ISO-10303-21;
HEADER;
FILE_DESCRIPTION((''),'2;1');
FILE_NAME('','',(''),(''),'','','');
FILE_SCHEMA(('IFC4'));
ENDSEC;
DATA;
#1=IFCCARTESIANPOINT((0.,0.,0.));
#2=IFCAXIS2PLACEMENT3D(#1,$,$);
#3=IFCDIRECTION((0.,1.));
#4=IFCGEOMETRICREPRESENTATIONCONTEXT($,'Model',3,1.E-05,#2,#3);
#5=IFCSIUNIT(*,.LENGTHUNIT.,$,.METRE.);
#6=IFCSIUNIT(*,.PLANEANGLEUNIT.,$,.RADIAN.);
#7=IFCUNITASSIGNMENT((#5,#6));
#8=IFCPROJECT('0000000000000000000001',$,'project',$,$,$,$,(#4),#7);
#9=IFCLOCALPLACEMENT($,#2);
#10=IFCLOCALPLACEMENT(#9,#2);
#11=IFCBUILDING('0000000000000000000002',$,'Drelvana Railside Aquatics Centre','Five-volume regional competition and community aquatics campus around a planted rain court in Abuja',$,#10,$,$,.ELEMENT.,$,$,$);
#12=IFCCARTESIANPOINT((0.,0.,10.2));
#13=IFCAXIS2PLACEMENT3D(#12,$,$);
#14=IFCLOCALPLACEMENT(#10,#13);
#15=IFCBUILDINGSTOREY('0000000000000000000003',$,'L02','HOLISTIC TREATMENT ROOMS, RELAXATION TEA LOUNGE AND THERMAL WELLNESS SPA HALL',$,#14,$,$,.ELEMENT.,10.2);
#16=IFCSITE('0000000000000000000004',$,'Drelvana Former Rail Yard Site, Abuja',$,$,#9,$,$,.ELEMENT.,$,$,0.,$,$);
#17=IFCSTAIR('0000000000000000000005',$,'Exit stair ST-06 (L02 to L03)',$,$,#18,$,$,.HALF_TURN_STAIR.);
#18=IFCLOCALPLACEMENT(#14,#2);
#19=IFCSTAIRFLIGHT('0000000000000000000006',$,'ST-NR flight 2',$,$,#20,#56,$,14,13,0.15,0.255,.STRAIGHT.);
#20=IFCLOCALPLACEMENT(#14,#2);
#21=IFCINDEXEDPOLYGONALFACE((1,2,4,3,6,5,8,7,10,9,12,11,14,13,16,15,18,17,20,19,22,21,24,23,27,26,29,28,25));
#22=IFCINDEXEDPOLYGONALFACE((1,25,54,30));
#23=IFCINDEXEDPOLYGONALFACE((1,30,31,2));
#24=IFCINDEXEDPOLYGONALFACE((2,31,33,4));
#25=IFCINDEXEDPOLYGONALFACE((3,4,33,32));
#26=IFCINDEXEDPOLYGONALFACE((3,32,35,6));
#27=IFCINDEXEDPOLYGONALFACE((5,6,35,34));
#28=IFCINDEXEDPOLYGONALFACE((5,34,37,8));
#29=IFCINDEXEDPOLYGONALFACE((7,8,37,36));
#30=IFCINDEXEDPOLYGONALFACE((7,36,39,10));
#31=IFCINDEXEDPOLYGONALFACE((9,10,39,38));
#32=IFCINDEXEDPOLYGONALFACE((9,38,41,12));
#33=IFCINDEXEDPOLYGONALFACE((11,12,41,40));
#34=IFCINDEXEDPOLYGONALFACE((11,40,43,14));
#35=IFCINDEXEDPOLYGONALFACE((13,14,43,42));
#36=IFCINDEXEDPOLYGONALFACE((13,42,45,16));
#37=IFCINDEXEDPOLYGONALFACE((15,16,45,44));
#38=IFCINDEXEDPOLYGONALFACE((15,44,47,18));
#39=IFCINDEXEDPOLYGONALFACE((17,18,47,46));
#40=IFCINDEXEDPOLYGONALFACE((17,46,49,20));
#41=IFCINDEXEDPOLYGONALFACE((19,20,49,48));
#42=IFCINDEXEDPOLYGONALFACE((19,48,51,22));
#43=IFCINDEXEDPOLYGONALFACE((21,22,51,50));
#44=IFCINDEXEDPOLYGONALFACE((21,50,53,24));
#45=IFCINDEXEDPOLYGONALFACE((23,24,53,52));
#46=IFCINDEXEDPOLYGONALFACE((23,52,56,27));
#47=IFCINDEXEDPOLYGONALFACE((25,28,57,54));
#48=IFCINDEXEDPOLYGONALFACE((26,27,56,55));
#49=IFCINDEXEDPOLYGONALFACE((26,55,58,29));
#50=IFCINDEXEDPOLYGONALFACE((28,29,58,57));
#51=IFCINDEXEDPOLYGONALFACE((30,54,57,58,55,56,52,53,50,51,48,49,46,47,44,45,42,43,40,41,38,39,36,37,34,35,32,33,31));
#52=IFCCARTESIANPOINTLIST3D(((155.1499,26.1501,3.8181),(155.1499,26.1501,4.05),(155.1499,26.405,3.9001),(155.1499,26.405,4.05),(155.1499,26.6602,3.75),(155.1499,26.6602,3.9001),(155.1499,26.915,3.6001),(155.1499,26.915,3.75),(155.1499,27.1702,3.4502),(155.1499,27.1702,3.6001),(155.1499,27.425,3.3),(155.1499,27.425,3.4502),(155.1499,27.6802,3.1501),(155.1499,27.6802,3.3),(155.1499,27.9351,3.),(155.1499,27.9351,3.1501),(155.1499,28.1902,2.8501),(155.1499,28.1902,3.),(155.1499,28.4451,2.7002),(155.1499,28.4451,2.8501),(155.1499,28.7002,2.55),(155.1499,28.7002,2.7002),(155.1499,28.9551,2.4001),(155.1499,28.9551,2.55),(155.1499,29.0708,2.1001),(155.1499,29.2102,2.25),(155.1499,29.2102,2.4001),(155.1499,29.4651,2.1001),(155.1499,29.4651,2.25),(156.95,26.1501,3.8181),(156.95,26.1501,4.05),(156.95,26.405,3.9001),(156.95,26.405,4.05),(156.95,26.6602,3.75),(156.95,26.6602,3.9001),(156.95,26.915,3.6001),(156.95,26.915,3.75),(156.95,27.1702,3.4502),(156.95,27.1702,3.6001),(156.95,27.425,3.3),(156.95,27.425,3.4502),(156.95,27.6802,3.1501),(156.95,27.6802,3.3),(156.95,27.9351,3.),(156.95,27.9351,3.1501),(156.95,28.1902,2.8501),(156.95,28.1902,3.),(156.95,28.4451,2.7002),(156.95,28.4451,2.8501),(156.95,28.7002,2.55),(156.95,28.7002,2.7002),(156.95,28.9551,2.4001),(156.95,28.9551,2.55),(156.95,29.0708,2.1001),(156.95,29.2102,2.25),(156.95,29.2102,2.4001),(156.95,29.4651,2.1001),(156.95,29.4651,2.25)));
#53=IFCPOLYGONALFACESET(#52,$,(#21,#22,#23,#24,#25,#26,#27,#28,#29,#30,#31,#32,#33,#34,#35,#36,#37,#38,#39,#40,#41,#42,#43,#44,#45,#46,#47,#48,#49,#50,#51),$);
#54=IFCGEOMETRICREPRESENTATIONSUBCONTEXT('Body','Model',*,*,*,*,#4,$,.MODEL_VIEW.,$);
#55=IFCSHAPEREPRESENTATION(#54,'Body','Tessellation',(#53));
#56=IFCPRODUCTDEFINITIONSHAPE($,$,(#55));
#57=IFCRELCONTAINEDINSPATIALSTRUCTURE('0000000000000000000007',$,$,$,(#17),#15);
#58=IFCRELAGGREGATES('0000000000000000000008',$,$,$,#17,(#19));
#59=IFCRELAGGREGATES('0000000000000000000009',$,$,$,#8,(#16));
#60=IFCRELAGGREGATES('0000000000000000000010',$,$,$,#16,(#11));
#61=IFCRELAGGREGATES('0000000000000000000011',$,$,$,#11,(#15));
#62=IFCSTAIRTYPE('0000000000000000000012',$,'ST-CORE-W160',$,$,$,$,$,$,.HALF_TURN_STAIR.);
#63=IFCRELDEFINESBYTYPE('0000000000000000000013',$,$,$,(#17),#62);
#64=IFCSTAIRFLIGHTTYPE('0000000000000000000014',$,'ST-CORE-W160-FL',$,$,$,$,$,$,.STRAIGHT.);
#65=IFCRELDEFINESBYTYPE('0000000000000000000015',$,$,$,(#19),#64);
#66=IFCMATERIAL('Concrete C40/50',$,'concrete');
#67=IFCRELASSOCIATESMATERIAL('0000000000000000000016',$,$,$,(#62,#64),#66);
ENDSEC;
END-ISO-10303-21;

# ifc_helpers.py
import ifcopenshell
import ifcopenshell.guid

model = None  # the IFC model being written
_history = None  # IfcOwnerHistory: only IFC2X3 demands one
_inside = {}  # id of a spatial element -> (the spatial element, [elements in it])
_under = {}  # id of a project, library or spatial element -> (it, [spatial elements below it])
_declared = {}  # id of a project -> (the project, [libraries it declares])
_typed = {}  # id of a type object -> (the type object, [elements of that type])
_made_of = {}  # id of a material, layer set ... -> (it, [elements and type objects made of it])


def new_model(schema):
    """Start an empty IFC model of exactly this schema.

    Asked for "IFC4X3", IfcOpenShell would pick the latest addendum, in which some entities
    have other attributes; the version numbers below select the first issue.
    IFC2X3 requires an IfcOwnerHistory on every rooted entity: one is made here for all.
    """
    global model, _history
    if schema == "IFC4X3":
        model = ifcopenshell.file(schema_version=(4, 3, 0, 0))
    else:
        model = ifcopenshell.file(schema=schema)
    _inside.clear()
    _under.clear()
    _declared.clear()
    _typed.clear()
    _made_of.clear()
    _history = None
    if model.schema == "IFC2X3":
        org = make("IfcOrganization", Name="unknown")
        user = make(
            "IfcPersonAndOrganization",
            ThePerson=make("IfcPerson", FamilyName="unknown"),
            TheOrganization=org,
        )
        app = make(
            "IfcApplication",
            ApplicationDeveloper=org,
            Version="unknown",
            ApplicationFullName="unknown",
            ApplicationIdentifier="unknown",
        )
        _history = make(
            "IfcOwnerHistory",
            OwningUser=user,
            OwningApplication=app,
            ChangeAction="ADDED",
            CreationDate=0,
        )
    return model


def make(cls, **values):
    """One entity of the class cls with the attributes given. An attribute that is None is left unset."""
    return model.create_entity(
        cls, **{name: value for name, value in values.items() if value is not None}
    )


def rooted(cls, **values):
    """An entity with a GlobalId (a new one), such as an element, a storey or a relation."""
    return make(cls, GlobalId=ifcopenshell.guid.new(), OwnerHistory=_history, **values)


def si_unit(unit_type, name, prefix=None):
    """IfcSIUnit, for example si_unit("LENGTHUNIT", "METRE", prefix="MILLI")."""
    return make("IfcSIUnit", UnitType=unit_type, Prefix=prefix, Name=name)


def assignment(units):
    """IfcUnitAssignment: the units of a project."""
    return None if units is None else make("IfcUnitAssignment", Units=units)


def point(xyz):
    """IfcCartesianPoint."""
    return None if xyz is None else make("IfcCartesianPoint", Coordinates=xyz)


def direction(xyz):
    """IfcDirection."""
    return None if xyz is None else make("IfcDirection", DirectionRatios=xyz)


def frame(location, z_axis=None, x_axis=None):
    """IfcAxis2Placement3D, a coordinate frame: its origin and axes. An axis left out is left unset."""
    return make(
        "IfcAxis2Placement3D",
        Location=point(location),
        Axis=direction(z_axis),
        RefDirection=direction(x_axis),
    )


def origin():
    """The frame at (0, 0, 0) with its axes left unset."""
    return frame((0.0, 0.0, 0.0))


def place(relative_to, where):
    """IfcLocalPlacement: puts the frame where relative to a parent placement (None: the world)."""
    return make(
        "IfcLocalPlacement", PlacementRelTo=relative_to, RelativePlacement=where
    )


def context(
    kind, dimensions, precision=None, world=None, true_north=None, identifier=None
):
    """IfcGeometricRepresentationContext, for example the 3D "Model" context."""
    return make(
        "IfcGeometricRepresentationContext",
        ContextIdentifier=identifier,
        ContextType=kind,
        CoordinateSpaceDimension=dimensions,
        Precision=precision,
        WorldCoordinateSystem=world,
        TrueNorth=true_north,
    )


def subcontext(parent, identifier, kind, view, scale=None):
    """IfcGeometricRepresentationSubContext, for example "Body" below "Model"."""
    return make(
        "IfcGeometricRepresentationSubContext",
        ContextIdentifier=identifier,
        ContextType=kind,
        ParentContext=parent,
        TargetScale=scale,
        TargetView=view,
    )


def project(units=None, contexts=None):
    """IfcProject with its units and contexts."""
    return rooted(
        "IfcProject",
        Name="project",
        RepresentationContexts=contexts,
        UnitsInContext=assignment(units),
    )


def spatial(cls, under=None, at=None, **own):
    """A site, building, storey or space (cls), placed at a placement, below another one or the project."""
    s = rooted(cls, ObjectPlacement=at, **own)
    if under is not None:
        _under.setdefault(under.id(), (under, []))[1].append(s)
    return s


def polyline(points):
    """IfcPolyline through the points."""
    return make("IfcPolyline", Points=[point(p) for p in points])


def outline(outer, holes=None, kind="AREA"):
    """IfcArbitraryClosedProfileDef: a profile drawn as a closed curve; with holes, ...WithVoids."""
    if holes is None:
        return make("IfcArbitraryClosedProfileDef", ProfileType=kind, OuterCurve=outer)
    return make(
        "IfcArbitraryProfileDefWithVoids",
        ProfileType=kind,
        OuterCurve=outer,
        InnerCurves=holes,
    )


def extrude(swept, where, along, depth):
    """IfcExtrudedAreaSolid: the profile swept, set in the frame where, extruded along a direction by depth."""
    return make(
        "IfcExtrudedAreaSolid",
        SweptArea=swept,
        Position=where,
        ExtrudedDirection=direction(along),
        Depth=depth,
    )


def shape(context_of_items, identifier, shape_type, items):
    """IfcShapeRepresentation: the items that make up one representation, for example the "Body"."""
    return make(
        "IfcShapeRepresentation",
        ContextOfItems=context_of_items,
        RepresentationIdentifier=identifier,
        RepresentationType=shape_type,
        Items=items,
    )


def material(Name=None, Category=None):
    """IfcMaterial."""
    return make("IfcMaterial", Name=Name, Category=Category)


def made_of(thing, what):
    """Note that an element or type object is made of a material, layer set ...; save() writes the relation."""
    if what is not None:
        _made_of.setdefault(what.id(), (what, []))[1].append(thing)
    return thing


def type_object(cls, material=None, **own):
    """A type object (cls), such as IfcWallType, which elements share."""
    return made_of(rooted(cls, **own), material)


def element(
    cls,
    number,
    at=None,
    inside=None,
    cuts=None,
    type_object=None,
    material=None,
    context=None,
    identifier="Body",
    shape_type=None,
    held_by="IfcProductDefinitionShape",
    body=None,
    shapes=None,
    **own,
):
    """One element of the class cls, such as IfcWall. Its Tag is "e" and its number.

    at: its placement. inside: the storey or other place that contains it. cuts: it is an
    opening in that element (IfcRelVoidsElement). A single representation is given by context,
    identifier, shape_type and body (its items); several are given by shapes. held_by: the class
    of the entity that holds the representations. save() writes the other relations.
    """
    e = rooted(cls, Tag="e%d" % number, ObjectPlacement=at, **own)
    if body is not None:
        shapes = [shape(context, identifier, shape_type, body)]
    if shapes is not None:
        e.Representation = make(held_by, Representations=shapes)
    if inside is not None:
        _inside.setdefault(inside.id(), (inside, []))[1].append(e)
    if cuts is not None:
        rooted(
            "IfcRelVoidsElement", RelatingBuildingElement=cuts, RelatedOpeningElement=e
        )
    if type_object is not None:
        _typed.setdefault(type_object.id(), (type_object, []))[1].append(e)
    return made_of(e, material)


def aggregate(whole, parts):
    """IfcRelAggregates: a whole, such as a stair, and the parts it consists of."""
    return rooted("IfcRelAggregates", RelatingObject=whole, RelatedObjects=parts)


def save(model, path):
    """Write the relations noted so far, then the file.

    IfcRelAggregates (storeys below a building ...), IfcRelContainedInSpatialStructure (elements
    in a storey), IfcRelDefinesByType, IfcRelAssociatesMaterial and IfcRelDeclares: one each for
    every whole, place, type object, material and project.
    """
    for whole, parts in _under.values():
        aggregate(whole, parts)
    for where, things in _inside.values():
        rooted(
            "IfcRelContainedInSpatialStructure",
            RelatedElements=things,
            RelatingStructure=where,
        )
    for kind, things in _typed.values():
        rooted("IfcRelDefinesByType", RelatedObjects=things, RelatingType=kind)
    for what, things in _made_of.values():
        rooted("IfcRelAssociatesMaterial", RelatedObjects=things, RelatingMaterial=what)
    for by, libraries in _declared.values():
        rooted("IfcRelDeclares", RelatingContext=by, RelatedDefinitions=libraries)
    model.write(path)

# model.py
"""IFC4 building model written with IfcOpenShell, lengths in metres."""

from ifc_helpers import new_model, si_unit, direction, frame, origin, place, context, subcontext, project, spatial, polyline, outline, extrude, material, type_object, element, aggregate, save


model = new_model("IFC4")

# Units and contexts
model_context = context("Model", 3, precision=1e-05, world=origin(), true_north=direction((0.0, 1.0)))
body_context = subcontext(model_context, "Body", "Model", "MODEL_VIEW")
ifc_project = project(units=[si_unit("LENGTHUNIT", "METRE"), si_unit("PLANEANGLEUNIT", "RADIAN")], contexts=[model_context])

# Site, building, storey
site_placement = place(None, origin())
site = spatial("IfcSite", under=ifc_project, at=site_placement, Name="Drelvana Former Rail Yard Site, Abuja", CompositionType="ELEMENT", RefElevation=0.0)
building_placement = place(site_placement, origin())
building = spatial("IfcBuilding", under=site, at=building_placement, Name="Drelvana Railside Aquatics Centre", Description="Five-volume regional competition and community aquatics campus around a planted rain court in Abuja", CompositionType="ELEMENT")
storey_placement = place(building_placement, frame((0.0, 0.0, 10.2)))
storey = spatial("IfcBuildingStorey", under=building, at=storey_placement, Name="L02", Description="HOLISTIC TREATMENT ROOMS, RELAXATION TEA LOUNGE AND THERMAL WELLNESS SPA HALL", CompositionType="ELEMENT", Elevation=10.2)

# Shared definitions
ifc_material_1 = material(Name="Concrete C40/50", Category="concrete")

# Stair, stair flight
stair_type = type_object("IfcStairType", Name="ST-CORE-W160", PredefinedType="HALF_TURN_STAIR", material=ifc_material_1)
stair_placement = place(storey_placement, origin())
stair = element("IfcStair", 1, at=stair_placement, inside=storey, type_object=stair_type, Name="Exit stair ST-06 (L02 to L03)", PredefinedType="HALF_TURN_STAIR")
stair_flight_type = type_object("IfcStairFlightType", Name="ST-CORE-W160-FL", PredefinedType="STRAIGHT", material=ifc_material_1)
stair_flight_1_placement = place(storey_placement, frame((156.05, 29.4651, 2.1001), z_axis=(0.0, 0.0, 1.0), x_axis=(0.0, -1.0, 0.0)))
stair_flight_1 = element("IfcStairFlight", 2, at=stair_flight_1_placement, type_object=stair_flight_type, Name="ST-NR flight 2", NumberOfRisers=14, NumberOfTreads=13, PredefinedType="STRAIGHT", RiserHeight=0.15, TreadLength=0.255, context=body_context, shape_type="SweptSolid", body=[
    extrude(outline(polyline([(0.0, 0.0), (0.0, 0.1499), (0.2549, 0.1499), (0.2549, 0.3), (0.51, 0.3), (0.51, 0.45), (0.7649, 0.45), (0.7649, 0.6001), (1.02, 0.6001), (1.02, 0.75), (1.2749, 0.75), (1.2749, 0.8999), (1.53, 0.8999), (1.53, 1.05), (1.7849, 1.05), (1.7849, 1.2), (2.04, 1.2), (2.04, 1.3501), (2.2949, 1.3501), (2.2949, 1.5), (2.55, 1.5), (2.55, 1.6499), (2.8049, 1.6499), (2.8049, 1.8), (3.0601, 1.8), (3.0601, 1.95), (3.3149, 1.95), (3.3149, 2.1001), (3.3149, 1.718), (0.3943, 0.0), (0.0, 0.0)])), frame((0.0, 0.8999, 0.0), z_axis=(0.0, -1.0, 0.0), x_axis=(1.0, 0.0, 0.0)), (0.0, 0.0, 1.0), 1.8),
])
aggregate(stair, [stair_flight_1])

save(model, "model.ifc")
